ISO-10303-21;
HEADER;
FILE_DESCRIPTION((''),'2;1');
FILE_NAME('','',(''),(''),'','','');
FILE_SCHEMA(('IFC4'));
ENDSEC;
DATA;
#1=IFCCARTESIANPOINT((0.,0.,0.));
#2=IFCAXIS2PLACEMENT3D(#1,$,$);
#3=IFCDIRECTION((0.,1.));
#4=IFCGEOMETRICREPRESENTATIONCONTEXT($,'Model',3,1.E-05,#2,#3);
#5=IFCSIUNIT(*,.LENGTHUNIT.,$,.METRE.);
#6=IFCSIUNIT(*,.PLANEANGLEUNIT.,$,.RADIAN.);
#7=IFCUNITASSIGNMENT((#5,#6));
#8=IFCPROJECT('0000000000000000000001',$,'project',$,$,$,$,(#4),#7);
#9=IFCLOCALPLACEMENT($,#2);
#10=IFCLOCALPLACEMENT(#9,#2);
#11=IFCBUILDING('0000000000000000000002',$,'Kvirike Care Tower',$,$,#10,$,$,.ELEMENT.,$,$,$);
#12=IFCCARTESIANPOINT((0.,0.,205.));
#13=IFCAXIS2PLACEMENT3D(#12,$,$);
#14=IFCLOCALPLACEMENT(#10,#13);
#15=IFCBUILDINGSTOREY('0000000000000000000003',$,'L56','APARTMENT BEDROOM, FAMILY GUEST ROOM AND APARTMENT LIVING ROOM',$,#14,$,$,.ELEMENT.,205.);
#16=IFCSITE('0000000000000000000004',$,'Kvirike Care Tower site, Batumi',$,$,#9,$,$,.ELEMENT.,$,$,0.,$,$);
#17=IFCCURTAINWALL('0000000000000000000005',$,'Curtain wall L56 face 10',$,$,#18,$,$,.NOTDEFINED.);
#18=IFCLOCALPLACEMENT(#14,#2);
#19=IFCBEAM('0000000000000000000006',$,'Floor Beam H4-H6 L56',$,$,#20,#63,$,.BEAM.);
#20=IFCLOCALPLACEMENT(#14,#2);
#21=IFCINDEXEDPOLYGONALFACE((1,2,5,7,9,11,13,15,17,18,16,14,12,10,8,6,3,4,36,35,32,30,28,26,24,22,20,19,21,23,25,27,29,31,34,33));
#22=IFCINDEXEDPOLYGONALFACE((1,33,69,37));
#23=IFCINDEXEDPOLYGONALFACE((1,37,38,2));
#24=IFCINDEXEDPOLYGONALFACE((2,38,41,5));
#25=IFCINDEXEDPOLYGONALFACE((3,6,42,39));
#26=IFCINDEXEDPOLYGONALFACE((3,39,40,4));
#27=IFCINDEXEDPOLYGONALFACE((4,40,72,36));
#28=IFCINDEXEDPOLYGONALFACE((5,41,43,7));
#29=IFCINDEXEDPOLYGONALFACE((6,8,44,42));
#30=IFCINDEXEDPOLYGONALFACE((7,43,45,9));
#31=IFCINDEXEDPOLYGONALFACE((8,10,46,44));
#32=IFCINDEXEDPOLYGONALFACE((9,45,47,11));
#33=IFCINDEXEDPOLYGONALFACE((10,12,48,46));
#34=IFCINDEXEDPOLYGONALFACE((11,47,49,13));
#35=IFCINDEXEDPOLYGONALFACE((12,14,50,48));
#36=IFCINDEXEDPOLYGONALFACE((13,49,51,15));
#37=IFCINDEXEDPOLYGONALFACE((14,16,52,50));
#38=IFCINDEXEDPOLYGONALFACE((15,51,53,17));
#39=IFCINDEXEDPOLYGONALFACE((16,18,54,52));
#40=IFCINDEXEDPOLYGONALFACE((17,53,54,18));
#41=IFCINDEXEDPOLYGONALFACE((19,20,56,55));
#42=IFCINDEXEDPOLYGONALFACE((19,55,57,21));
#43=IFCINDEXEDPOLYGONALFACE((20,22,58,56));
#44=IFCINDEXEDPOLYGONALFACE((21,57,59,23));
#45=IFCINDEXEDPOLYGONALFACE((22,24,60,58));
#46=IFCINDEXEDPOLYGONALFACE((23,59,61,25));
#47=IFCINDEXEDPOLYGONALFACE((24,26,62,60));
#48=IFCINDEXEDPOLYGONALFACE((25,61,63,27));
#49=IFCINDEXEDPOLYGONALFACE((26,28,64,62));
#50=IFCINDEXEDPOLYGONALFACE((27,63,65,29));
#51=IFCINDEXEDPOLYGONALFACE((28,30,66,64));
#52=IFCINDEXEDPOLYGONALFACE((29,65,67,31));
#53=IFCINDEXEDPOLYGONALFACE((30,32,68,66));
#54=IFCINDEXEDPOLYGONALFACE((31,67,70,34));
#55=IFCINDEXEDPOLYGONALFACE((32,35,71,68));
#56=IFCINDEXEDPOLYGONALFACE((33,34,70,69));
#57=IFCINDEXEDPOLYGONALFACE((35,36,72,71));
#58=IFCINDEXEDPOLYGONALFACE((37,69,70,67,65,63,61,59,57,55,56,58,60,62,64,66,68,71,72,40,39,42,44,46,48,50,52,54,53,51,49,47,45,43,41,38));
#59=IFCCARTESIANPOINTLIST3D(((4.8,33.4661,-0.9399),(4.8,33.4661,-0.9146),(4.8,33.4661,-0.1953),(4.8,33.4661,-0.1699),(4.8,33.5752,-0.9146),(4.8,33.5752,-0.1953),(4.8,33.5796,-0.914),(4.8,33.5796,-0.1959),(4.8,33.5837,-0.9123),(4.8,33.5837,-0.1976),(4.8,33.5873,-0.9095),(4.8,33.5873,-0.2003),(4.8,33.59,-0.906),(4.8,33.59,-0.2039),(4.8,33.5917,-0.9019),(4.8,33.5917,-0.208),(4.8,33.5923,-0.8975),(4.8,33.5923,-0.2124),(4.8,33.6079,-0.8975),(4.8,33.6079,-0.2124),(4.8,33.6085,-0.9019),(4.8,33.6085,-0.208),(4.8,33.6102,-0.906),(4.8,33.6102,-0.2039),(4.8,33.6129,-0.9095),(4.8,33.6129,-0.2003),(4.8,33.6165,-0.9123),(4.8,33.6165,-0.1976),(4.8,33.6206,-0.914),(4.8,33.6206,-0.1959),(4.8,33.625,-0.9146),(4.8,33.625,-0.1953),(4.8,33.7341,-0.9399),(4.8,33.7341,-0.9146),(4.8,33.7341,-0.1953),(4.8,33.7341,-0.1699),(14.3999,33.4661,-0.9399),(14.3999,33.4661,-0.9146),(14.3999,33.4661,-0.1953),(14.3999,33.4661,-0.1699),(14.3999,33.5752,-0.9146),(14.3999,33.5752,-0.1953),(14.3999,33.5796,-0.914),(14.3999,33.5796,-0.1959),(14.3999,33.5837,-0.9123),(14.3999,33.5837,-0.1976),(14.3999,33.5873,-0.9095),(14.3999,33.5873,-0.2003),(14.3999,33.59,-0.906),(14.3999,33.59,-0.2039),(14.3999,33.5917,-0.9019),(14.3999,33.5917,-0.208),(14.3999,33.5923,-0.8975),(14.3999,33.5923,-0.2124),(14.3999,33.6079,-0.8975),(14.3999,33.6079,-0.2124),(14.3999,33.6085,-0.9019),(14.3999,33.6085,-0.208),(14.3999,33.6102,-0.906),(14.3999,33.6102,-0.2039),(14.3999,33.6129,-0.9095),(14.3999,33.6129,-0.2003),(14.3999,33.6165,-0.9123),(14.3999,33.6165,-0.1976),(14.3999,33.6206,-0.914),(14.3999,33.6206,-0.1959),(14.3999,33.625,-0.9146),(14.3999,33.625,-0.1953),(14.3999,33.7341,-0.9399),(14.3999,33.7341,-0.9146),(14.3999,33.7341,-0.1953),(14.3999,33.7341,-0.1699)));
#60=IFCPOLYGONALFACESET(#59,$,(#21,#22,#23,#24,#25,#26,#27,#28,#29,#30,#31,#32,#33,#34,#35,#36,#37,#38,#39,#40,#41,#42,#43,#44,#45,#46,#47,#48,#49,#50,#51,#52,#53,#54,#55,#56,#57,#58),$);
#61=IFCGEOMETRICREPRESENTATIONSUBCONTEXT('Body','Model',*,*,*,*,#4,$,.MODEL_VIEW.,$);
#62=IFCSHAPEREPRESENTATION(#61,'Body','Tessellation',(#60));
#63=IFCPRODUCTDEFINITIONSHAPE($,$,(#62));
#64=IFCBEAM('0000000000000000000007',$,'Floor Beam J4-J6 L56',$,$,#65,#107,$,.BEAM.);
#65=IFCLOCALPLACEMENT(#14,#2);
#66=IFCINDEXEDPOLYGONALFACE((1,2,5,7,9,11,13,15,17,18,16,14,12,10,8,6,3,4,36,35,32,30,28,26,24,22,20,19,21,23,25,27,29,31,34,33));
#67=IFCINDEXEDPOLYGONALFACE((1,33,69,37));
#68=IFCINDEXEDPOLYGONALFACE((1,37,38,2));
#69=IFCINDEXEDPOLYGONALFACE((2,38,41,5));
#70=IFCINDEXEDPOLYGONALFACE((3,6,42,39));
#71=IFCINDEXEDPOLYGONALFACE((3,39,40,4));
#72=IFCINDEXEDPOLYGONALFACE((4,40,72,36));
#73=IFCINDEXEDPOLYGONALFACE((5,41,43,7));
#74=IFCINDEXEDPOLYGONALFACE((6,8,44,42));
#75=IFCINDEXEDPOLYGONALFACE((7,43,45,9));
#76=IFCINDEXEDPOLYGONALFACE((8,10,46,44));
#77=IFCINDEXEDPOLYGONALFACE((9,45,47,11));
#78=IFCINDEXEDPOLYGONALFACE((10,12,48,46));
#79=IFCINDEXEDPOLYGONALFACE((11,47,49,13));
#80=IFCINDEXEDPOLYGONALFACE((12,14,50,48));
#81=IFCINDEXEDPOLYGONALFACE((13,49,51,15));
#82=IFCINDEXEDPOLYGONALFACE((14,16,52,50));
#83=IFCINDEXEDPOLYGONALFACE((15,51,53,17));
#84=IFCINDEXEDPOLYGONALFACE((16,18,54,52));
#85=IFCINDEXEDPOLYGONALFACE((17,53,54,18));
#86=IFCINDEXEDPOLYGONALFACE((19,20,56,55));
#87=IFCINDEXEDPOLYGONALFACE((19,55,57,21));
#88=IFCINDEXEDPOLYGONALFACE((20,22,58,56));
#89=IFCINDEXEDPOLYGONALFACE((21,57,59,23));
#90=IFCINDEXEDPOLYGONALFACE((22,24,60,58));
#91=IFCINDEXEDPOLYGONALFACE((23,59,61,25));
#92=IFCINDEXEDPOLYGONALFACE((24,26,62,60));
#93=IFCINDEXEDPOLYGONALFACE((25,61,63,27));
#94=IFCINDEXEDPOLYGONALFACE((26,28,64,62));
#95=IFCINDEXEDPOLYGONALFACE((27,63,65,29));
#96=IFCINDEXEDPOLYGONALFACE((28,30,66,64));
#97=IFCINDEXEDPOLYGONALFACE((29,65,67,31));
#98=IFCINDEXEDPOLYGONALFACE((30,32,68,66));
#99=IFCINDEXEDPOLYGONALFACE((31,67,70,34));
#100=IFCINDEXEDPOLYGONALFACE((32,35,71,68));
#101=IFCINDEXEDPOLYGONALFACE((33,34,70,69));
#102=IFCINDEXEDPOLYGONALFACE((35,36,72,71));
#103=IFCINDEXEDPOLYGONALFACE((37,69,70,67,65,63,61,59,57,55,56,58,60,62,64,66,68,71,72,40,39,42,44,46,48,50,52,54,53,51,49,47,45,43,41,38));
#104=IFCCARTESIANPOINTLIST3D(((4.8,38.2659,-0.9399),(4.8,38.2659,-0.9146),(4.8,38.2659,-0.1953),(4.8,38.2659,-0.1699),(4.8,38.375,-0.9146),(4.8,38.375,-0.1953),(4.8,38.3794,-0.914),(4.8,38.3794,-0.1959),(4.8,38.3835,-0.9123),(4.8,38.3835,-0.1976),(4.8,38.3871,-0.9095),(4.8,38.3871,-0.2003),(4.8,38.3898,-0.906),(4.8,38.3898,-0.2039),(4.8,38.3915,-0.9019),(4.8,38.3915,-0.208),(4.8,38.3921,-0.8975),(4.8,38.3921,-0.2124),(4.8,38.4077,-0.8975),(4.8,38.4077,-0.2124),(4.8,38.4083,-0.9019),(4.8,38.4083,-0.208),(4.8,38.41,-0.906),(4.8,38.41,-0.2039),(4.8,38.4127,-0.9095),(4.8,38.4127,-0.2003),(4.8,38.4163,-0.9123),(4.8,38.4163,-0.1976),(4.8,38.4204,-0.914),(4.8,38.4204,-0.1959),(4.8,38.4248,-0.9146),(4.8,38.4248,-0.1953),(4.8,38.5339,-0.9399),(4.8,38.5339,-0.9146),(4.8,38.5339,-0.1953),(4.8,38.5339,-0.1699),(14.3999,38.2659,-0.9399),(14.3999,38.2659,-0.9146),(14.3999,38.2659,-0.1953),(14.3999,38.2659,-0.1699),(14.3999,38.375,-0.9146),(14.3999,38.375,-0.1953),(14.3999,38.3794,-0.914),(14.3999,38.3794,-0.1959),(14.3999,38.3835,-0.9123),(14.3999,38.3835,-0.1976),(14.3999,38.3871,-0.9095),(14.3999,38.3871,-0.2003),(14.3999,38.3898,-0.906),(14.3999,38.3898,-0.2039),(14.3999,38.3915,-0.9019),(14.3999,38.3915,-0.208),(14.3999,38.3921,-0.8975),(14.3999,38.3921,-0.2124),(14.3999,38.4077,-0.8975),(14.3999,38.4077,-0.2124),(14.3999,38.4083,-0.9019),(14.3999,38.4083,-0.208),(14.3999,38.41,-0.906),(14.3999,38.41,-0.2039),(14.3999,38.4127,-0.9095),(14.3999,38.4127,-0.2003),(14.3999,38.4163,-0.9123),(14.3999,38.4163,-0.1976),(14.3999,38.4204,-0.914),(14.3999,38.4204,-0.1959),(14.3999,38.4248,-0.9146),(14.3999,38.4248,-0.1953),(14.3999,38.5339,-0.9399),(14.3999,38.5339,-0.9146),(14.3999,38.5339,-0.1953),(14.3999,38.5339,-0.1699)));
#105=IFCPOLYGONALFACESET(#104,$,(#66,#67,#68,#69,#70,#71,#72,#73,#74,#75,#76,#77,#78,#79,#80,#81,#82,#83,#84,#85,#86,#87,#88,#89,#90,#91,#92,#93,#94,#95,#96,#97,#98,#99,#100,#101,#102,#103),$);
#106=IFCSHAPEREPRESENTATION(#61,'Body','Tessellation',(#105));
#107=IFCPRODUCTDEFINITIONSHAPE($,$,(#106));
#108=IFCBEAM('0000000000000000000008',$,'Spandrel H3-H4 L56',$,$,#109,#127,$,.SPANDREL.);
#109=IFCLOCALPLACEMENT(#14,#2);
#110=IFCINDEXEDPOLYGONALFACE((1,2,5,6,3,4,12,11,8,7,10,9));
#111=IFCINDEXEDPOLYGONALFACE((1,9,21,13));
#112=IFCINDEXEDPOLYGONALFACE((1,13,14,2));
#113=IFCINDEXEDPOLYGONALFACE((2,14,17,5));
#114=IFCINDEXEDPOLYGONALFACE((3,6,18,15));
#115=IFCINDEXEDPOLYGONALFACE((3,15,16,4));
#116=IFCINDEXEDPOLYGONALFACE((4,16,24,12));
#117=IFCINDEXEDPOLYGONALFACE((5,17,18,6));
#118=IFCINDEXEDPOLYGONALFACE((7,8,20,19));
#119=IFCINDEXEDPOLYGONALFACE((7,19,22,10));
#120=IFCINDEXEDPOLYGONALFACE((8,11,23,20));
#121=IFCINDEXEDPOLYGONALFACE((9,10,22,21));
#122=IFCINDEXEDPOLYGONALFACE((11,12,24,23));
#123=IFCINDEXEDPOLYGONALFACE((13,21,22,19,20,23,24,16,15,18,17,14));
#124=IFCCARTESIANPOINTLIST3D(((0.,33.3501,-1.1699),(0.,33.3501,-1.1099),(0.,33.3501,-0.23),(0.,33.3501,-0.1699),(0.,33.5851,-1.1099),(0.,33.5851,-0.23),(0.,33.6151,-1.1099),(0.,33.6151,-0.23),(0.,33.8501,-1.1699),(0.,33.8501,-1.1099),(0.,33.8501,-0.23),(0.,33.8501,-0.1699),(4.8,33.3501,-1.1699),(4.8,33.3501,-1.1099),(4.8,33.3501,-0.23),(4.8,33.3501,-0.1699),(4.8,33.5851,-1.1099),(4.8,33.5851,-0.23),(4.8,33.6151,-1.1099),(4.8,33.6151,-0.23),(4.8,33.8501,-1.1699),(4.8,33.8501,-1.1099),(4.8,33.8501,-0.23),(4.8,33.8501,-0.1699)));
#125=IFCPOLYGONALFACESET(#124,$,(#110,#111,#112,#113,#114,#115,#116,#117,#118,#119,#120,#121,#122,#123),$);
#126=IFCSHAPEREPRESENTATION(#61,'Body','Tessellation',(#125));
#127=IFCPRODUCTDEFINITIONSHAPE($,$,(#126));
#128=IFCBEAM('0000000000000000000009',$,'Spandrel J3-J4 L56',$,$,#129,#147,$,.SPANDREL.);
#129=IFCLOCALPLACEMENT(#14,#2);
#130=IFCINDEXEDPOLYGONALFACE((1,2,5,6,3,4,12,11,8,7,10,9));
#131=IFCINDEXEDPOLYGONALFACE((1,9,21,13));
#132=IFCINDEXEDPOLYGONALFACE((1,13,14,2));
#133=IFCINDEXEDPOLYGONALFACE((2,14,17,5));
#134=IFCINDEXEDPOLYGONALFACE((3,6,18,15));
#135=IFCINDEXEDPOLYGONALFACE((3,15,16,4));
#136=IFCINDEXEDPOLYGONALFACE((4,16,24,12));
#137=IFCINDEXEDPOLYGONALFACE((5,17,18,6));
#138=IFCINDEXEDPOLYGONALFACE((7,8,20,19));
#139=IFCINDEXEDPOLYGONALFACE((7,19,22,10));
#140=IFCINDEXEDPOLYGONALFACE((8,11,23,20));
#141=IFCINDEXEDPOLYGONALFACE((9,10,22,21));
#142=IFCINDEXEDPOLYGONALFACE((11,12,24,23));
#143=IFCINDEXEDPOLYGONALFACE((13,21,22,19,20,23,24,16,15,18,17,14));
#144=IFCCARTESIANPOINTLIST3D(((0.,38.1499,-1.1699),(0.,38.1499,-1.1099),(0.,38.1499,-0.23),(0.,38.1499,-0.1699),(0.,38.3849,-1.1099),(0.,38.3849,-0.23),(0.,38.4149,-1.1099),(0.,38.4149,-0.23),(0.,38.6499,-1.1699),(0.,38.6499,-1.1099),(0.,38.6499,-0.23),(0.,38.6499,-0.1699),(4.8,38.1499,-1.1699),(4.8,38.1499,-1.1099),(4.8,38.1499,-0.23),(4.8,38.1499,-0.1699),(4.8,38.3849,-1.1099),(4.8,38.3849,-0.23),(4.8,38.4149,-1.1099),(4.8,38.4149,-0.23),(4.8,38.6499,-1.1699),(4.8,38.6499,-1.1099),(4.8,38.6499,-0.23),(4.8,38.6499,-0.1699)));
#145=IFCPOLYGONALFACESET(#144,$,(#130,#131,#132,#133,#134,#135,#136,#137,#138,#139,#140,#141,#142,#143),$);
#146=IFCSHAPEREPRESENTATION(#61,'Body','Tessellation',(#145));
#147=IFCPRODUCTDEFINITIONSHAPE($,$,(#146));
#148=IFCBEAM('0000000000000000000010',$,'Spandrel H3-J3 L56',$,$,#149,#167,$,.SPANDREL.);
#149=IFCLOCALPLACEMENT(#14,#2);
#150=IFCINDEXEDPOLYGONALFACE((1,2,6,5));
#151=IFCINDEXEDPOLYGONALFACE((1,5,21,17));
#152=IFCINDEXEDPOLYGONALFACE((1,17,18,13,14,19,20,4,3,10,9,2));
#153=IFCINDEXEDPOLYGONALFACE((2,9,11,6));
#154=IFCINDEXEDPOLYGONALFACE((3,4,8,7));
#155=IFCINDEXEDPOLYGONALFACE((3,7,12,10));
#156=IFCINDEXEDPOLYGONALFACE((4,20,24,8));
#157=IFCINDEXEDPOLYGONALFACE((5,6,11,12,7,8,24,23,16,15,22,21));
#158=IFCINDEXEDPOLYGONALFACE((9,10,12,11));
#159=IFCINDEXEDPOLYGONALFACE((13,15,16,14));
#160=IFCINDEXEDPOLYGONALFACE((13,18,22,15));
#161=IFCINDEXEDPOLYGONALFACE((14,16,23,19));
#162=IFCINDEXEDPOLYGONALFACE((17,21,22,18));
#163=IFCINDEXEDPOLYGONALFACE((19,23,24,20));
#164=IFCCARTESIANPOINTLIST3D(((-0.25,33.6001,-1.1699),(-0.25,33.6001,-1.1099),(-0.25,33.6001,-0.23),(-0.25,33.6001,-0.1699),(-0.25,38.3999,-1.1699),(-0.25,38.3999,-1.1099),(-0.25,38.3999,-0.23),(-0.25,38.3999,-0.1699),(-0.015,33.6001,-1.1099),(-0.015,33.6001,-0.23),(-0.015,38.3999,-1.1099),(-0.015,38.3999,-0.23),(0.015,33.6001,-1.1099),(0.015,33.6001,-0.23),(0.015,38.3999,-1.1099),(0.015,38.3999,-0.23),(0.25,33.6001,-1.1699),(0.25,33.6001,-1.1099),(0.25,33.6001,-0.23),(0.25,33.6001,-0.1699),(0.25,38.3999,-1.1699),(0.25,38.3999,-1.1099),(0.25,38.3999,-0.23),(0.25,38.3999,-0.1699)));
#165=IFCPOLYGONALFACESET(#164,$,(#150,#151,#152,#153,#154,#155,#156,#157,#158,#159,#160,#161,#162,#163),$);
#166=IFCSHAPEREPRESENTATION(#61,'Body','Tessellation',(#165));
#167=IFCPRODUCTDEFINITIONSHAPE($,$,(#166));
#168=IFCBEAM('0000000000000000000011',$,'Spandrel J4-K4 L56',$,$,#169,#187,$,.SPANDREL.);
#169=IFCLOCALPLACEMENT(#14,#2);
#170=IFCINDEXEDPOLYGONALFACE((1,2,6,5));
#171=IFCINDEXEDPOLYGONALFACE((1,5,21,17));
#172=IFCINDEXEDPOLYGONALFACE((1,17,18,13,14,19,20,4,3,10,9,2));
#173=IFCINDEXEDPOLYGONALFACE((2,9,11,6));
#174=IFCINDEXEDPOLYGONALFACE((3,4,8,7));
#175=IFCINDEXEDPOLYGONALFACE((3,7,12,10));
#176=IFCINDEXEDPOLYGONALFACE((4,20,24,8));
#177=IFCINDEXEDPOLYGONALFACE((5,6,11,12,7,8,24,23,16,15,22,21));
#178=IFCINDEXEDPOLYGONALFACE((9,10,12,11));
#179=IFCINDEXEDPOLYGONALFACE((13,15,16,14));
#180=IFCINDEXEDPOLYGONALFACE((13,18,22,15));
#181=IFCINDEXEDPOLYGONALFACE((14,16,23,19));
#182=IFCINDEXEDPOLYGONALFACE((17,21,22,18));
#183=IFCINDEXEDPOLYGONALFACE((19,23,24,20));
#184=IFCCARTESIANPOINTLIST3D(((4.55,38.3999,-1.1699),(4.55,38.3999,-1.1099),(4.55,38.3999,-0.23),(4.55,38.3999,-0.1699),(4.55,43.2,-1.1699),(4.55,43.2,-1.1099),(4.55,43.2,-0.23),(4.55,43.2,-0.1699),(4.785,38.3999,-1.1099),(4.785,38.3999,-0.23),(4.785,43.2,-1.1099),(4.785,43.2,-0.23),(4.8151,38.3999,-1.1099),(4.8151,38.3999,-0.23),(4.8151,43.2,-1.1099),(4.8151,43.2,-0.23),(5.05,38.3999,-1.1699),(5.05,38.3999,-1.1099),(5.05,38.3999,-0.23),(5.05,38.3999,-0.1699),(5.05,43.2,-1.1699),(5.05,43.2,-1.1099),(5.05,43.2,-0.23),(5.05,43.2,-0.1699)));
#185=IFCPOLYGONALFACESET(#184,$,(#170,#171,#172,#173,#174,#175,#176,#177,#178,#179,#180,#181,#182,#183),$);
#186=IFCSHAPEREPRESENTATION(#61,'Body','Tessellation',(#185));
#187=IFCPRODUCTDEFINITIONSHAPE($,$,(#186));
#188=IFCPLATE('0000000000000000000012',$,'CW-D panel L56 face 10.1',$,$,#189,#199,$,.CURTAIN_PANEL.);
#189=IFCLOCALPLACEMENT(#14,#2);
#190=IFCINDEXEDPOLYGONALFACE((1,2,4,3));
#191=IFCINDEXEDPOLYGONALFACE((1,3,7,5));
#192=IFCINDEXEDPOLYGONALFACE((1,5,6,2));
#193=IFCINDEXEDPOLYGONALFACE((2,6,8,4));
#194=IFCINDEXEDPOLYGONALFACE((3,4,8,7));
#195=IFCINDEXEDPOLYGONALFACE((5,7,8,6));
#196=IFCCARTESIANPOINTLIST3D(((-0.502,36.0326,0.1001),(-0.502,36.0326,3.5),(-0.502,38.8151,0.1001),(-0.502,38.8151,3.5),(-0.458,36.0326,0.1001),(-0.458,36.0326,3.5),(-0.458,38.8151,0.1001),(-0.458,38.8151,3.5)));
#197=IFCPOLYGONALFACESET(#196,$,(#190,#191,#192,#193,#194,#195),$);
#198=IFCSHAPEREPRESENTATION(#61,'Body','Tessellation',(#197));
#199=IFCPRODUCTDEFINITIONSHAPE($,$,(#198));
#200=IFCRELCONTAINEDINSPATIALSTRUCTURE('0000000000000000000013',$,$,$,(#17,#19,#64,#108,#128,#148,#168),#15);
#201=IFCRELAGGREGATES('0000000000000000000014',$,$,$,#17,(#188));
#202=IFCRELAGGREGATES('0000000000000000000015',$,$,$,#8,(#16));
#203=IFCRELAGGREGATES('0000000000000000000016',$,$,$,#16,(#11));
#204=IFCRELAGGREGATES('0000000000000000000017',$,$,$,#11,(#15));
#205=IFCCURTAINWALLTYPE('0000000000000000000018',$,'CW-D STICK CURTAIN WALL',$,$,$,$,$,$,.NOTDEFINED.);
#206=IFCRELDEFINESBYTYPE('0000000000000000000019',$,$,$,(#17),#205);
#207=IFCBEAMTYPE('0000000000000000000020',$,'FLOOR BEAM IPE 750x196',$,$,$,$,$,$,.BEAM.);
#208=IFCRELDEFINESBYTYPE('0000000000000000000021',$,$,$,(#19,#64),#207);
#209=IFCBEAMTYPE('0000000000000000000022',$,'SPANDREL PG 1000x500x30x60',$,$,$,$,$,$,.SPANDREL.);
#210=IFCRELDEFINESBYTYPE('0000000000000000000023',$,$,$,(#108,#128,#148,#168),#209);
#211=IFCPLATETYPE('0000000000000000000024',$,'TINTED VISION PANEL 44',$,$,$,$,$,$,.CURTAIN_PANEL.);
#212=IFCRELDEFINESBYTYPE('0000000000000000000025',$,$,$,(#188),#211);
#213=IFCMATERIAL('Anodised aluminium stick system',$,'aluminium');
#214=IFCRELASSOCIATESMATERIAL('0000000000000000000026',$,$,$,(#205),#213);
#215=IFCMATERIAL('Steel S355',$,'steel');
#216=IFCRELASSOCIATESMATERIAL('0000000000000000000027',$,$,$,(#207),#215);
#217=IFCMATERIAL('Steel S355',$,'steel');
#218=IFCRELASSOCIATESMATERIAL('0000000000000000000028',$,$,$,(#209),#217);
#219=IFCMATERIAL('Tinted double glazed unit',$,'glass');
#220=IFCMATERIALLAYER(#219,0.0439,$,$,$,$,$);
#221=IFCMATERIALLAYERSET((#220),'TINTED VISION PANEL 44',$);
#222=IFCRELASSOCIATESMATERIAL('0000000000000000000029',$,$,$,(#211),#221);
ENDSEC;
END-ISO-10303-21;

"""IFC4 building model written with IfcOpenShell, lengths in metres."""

from ifc_helpers import new_model, si_unit, direction, frame, origin, origin_2d, place, context, subcontext, project, spatial, rectangle, i_section, extrude, material, layer, layer_set, material_profile, profile_set, type_object, element, aggregate, save


model = new_model("IFC4")

# Units and contexts
model_context = context("Model", 3, precision=1e-05, world=origin(), true_north=direction((0.0, 1.0)))
body_context = subcontext(model_context, "Body", "Model", "MODEL_VIEW")
ifc_project = project(units=[si_unit("LENGTHUNIT", "METRE"), si_unit("PLANEANGLEUNIT", "RADIAN")], contexts=[model_context])

# Site, building, storey
site_placement = place(None, origin())
site = spatial("IfcSite", under=ifc_project, at=site_placement, Name="Kvirike Care Tower site, Batumi", CompositionType="ELEMENT", RefElevation=0.0)
building_placement = place(site_placement, origin())
building = spatial("IfcBuilding", under=site, at=building_placement, Name="Kvirike Care Tower", CompositionType="ELEMENT")
storey_placement = place(building_placement, frame((0.0, 0.0, 205.0)))
storey = spatial("IfcBuildingStorey", under=building, at=storey_placement, Name="L56", Description="APARTMENT BEDROOM, FAMILY GUEST ROOM AND APARTMENT LIVING ROOM", CompositionType="ELEMENT", Elevation=205.0)

# Curtain wall
ifc_material_1 = material(Name="Anodised aluminium stick system", Category="aluminium")
curtain_wall_type = type_object("IfcCurtainWallType", Name="CW-D STICK CURTAIN WALL", PredefinedType="NOTDEFINED", material=ifc_material_1)
curtain_wall_1_placement = place(storey_placement, origin())
curtain_wall_1 = element("IfcCurtainWall", 1, at=curtain_wall_1_placement, inside=storey, type_object=curtain_wall_type, Name="Curtain wall L56 face 10", PredefinedType="NOTDEFINED")

# Beams
ifc_material_2 = material(Name="Steel S355", Category="steel")
ifc_material_profile_1 = material_profile(ifc_material_2, i_section(OverallWidth=0.2681, OverallDepth=0.77, WebThickness=0.0156, FlangeThickness=0.0254, FilletRadius=0.0171, at=origin_2d()), Name="IPE 750x196")
ifc_profile_set_1 = profile_set([ifc_material_profile_1], Name="Steel S355")
beam_type_1 = type_object("IfcBeamType", Name="FLOOR BEAM IPE 750x196", PredefinedType="BEAM", material=ifc_profile_set_1)
for number, where, z_axis, x_axis, name in (
    (2, (4.8, 33.6001, -0.5549), (1.0, 0.0, 0.0), (0.0, 1.0, 0.0), "Floor Beam H4-H6 L56"),
    (3, (4.8, 38.3999, -0.5549), (1.0, 0.0, 0.0), (0.0, 1.0, 0.0), "Floor Beam J4-J6 L56"),
):
    element("IfcBeam", number, at=place(storey_placement, frame(where, z_axis=z_axis, x_axis=x_axis)), inside=storey, type_object=beam_type_1, Name=name, PredefinedType="BEAM", context=body_context, shape_type="SweptSolid", body=[
        extrude(i_section(OverallWidth=0.2681, OverallDepth=0.77, WebThickness=0.0156, FlangeThickness=0.0254, FilletRadius=0.0171, at=origin_2d()), origin(), (0.0, 0.0, 1.0), 9.5999),
    ])
ifc_material_3 = material(Name="Steel S355", Category="steel")
ifc_material_profile_2 = material_profile(ifc_material_3, i_section(OverallWidth=0.5, OverallDepth=1.0, WebThickness=0.03, FlangeThickness=0.0601, at=origin_2d()), Name="PG 1000x500x30x60")
ifc_profile_set_2 = profile_set([ifc_material_profile_2], Name="Steel S355")
beam_type_2 = type_object("IfcBeamType", Name="SPANDREL PG 1000x500x30x60", PredefinedType="SPANDREL", material=ifc_profile_set_2)
for number, where, z_axis, x_axis, name in (
    (4, (0.0, 33.6001, -0.6699), (1.0, 0.0, 0.0), (0.0, 1.0, 0.0), "Spandrel H3-H4 L56"),
    (5, (0.0, 38.3999, -0.6699), (1.0, 0.0, 0.0), (0.0, 1.0, 0.0), "Spandrel J3-J4 L56"),
):
    element("IfcBeam", number, at=place(storey_placement, frame(where, z_axis=z_axis, x_axis=x_axis)), inside=storey, type_object=beam_type_2, Name=name, PredefinedType="SPANDREL", context=body_context, shape_type="SweptSolid", body=[
        extrude(i_section(OverallWidth=0.5, OverallDepth=1.0, WebThickness=0.03, FlangeThickness=0.0601, at=origin_2d()), origin(), (0.0, 0.0, 1.0), 4.8),
    ])
beam_1_placement = place(storey_placement, frame((0.0, 33.6001, -0.6699), z_axis=(0.0, 1.0, 0.0), x_axis=(-1.0, 0.0, 0.0)))
element("IfcBeam", 6, at=beam_1_placement, inside=storey, type_object=beam_type_2, Name="Spandrel H3-J3 L56", PredefinedType="SPANDREL", context=body_context, shape_type="SweptSolid", body=[
    extrude(i_section(OverallWidth=0.5, OverallDepth=1.0, WebThickness=0.03, FlangeThickness=0.0601, at=origin_2d()), origin(), (0.0, 0.0, 1.0), 4.7998),
])
beam_2_placement = place(storey_placement, frame((4.8, 38.3999, -0.6699), z_axis=(0.0, 1.0, 0.0), x_axis=(-1.0, 0.0, 0.0)))
element("IfcBeam", 7, at=beam_2_placement, inside=storey, type_object=beam_type_2, Name="Spandrel J4-K4 L56", PredefinedType="SPANDREL", context=body_context, shape_type="SweptSolid", body=[
    extrude(i_section(OverallWidth=0.5, OverallDepth=1.0, WebThickness=0.03, FlangeThickness=0.0601, at=origin_2d()), origin(), (0.0, 0.0, 1.0), 4.8),
])

# Plate
ifc_material_4 = material(Name="Tinted double glazed unit", Category="glass")
ifc_layer_1 = layer(ifc_material_4, 0.0439)
ifc_layer_set_1 = layer_set([ifc_layer_1], Name="TINTED VISION PANEL 44")
plate_type = type_object("IfcPlateType", Name="TINTED VISION PANEL 44", PredefinedType="CURTAIN_PANEL", material=ifc_layer_set_1)
plate_1_placement = place(storey_placement, frame((-0.48, 37.4238, 0.1001), z_axis=(0.0, 0.0, 1.0), x_axis=(0.0, -1.0, 0.0)))
plate_1 = element("IfcPlate", 8, at=plate_1_placement, type_object=plate_type, Name="CW-D panel L56 face 10.1", PredefinedType="CURTAIN_PANEL", context=body_context, shape_type="SweptSolid", body=[
    extrude(rectangle(XDim=2.7825, YDim=0.0439, at=origin_2d()), origin(), (0.0, 0.0, 1.0), 3.3999),
])
aggregate(curtain_wall_1, [plate_1])

save(model, "model.ifc")
